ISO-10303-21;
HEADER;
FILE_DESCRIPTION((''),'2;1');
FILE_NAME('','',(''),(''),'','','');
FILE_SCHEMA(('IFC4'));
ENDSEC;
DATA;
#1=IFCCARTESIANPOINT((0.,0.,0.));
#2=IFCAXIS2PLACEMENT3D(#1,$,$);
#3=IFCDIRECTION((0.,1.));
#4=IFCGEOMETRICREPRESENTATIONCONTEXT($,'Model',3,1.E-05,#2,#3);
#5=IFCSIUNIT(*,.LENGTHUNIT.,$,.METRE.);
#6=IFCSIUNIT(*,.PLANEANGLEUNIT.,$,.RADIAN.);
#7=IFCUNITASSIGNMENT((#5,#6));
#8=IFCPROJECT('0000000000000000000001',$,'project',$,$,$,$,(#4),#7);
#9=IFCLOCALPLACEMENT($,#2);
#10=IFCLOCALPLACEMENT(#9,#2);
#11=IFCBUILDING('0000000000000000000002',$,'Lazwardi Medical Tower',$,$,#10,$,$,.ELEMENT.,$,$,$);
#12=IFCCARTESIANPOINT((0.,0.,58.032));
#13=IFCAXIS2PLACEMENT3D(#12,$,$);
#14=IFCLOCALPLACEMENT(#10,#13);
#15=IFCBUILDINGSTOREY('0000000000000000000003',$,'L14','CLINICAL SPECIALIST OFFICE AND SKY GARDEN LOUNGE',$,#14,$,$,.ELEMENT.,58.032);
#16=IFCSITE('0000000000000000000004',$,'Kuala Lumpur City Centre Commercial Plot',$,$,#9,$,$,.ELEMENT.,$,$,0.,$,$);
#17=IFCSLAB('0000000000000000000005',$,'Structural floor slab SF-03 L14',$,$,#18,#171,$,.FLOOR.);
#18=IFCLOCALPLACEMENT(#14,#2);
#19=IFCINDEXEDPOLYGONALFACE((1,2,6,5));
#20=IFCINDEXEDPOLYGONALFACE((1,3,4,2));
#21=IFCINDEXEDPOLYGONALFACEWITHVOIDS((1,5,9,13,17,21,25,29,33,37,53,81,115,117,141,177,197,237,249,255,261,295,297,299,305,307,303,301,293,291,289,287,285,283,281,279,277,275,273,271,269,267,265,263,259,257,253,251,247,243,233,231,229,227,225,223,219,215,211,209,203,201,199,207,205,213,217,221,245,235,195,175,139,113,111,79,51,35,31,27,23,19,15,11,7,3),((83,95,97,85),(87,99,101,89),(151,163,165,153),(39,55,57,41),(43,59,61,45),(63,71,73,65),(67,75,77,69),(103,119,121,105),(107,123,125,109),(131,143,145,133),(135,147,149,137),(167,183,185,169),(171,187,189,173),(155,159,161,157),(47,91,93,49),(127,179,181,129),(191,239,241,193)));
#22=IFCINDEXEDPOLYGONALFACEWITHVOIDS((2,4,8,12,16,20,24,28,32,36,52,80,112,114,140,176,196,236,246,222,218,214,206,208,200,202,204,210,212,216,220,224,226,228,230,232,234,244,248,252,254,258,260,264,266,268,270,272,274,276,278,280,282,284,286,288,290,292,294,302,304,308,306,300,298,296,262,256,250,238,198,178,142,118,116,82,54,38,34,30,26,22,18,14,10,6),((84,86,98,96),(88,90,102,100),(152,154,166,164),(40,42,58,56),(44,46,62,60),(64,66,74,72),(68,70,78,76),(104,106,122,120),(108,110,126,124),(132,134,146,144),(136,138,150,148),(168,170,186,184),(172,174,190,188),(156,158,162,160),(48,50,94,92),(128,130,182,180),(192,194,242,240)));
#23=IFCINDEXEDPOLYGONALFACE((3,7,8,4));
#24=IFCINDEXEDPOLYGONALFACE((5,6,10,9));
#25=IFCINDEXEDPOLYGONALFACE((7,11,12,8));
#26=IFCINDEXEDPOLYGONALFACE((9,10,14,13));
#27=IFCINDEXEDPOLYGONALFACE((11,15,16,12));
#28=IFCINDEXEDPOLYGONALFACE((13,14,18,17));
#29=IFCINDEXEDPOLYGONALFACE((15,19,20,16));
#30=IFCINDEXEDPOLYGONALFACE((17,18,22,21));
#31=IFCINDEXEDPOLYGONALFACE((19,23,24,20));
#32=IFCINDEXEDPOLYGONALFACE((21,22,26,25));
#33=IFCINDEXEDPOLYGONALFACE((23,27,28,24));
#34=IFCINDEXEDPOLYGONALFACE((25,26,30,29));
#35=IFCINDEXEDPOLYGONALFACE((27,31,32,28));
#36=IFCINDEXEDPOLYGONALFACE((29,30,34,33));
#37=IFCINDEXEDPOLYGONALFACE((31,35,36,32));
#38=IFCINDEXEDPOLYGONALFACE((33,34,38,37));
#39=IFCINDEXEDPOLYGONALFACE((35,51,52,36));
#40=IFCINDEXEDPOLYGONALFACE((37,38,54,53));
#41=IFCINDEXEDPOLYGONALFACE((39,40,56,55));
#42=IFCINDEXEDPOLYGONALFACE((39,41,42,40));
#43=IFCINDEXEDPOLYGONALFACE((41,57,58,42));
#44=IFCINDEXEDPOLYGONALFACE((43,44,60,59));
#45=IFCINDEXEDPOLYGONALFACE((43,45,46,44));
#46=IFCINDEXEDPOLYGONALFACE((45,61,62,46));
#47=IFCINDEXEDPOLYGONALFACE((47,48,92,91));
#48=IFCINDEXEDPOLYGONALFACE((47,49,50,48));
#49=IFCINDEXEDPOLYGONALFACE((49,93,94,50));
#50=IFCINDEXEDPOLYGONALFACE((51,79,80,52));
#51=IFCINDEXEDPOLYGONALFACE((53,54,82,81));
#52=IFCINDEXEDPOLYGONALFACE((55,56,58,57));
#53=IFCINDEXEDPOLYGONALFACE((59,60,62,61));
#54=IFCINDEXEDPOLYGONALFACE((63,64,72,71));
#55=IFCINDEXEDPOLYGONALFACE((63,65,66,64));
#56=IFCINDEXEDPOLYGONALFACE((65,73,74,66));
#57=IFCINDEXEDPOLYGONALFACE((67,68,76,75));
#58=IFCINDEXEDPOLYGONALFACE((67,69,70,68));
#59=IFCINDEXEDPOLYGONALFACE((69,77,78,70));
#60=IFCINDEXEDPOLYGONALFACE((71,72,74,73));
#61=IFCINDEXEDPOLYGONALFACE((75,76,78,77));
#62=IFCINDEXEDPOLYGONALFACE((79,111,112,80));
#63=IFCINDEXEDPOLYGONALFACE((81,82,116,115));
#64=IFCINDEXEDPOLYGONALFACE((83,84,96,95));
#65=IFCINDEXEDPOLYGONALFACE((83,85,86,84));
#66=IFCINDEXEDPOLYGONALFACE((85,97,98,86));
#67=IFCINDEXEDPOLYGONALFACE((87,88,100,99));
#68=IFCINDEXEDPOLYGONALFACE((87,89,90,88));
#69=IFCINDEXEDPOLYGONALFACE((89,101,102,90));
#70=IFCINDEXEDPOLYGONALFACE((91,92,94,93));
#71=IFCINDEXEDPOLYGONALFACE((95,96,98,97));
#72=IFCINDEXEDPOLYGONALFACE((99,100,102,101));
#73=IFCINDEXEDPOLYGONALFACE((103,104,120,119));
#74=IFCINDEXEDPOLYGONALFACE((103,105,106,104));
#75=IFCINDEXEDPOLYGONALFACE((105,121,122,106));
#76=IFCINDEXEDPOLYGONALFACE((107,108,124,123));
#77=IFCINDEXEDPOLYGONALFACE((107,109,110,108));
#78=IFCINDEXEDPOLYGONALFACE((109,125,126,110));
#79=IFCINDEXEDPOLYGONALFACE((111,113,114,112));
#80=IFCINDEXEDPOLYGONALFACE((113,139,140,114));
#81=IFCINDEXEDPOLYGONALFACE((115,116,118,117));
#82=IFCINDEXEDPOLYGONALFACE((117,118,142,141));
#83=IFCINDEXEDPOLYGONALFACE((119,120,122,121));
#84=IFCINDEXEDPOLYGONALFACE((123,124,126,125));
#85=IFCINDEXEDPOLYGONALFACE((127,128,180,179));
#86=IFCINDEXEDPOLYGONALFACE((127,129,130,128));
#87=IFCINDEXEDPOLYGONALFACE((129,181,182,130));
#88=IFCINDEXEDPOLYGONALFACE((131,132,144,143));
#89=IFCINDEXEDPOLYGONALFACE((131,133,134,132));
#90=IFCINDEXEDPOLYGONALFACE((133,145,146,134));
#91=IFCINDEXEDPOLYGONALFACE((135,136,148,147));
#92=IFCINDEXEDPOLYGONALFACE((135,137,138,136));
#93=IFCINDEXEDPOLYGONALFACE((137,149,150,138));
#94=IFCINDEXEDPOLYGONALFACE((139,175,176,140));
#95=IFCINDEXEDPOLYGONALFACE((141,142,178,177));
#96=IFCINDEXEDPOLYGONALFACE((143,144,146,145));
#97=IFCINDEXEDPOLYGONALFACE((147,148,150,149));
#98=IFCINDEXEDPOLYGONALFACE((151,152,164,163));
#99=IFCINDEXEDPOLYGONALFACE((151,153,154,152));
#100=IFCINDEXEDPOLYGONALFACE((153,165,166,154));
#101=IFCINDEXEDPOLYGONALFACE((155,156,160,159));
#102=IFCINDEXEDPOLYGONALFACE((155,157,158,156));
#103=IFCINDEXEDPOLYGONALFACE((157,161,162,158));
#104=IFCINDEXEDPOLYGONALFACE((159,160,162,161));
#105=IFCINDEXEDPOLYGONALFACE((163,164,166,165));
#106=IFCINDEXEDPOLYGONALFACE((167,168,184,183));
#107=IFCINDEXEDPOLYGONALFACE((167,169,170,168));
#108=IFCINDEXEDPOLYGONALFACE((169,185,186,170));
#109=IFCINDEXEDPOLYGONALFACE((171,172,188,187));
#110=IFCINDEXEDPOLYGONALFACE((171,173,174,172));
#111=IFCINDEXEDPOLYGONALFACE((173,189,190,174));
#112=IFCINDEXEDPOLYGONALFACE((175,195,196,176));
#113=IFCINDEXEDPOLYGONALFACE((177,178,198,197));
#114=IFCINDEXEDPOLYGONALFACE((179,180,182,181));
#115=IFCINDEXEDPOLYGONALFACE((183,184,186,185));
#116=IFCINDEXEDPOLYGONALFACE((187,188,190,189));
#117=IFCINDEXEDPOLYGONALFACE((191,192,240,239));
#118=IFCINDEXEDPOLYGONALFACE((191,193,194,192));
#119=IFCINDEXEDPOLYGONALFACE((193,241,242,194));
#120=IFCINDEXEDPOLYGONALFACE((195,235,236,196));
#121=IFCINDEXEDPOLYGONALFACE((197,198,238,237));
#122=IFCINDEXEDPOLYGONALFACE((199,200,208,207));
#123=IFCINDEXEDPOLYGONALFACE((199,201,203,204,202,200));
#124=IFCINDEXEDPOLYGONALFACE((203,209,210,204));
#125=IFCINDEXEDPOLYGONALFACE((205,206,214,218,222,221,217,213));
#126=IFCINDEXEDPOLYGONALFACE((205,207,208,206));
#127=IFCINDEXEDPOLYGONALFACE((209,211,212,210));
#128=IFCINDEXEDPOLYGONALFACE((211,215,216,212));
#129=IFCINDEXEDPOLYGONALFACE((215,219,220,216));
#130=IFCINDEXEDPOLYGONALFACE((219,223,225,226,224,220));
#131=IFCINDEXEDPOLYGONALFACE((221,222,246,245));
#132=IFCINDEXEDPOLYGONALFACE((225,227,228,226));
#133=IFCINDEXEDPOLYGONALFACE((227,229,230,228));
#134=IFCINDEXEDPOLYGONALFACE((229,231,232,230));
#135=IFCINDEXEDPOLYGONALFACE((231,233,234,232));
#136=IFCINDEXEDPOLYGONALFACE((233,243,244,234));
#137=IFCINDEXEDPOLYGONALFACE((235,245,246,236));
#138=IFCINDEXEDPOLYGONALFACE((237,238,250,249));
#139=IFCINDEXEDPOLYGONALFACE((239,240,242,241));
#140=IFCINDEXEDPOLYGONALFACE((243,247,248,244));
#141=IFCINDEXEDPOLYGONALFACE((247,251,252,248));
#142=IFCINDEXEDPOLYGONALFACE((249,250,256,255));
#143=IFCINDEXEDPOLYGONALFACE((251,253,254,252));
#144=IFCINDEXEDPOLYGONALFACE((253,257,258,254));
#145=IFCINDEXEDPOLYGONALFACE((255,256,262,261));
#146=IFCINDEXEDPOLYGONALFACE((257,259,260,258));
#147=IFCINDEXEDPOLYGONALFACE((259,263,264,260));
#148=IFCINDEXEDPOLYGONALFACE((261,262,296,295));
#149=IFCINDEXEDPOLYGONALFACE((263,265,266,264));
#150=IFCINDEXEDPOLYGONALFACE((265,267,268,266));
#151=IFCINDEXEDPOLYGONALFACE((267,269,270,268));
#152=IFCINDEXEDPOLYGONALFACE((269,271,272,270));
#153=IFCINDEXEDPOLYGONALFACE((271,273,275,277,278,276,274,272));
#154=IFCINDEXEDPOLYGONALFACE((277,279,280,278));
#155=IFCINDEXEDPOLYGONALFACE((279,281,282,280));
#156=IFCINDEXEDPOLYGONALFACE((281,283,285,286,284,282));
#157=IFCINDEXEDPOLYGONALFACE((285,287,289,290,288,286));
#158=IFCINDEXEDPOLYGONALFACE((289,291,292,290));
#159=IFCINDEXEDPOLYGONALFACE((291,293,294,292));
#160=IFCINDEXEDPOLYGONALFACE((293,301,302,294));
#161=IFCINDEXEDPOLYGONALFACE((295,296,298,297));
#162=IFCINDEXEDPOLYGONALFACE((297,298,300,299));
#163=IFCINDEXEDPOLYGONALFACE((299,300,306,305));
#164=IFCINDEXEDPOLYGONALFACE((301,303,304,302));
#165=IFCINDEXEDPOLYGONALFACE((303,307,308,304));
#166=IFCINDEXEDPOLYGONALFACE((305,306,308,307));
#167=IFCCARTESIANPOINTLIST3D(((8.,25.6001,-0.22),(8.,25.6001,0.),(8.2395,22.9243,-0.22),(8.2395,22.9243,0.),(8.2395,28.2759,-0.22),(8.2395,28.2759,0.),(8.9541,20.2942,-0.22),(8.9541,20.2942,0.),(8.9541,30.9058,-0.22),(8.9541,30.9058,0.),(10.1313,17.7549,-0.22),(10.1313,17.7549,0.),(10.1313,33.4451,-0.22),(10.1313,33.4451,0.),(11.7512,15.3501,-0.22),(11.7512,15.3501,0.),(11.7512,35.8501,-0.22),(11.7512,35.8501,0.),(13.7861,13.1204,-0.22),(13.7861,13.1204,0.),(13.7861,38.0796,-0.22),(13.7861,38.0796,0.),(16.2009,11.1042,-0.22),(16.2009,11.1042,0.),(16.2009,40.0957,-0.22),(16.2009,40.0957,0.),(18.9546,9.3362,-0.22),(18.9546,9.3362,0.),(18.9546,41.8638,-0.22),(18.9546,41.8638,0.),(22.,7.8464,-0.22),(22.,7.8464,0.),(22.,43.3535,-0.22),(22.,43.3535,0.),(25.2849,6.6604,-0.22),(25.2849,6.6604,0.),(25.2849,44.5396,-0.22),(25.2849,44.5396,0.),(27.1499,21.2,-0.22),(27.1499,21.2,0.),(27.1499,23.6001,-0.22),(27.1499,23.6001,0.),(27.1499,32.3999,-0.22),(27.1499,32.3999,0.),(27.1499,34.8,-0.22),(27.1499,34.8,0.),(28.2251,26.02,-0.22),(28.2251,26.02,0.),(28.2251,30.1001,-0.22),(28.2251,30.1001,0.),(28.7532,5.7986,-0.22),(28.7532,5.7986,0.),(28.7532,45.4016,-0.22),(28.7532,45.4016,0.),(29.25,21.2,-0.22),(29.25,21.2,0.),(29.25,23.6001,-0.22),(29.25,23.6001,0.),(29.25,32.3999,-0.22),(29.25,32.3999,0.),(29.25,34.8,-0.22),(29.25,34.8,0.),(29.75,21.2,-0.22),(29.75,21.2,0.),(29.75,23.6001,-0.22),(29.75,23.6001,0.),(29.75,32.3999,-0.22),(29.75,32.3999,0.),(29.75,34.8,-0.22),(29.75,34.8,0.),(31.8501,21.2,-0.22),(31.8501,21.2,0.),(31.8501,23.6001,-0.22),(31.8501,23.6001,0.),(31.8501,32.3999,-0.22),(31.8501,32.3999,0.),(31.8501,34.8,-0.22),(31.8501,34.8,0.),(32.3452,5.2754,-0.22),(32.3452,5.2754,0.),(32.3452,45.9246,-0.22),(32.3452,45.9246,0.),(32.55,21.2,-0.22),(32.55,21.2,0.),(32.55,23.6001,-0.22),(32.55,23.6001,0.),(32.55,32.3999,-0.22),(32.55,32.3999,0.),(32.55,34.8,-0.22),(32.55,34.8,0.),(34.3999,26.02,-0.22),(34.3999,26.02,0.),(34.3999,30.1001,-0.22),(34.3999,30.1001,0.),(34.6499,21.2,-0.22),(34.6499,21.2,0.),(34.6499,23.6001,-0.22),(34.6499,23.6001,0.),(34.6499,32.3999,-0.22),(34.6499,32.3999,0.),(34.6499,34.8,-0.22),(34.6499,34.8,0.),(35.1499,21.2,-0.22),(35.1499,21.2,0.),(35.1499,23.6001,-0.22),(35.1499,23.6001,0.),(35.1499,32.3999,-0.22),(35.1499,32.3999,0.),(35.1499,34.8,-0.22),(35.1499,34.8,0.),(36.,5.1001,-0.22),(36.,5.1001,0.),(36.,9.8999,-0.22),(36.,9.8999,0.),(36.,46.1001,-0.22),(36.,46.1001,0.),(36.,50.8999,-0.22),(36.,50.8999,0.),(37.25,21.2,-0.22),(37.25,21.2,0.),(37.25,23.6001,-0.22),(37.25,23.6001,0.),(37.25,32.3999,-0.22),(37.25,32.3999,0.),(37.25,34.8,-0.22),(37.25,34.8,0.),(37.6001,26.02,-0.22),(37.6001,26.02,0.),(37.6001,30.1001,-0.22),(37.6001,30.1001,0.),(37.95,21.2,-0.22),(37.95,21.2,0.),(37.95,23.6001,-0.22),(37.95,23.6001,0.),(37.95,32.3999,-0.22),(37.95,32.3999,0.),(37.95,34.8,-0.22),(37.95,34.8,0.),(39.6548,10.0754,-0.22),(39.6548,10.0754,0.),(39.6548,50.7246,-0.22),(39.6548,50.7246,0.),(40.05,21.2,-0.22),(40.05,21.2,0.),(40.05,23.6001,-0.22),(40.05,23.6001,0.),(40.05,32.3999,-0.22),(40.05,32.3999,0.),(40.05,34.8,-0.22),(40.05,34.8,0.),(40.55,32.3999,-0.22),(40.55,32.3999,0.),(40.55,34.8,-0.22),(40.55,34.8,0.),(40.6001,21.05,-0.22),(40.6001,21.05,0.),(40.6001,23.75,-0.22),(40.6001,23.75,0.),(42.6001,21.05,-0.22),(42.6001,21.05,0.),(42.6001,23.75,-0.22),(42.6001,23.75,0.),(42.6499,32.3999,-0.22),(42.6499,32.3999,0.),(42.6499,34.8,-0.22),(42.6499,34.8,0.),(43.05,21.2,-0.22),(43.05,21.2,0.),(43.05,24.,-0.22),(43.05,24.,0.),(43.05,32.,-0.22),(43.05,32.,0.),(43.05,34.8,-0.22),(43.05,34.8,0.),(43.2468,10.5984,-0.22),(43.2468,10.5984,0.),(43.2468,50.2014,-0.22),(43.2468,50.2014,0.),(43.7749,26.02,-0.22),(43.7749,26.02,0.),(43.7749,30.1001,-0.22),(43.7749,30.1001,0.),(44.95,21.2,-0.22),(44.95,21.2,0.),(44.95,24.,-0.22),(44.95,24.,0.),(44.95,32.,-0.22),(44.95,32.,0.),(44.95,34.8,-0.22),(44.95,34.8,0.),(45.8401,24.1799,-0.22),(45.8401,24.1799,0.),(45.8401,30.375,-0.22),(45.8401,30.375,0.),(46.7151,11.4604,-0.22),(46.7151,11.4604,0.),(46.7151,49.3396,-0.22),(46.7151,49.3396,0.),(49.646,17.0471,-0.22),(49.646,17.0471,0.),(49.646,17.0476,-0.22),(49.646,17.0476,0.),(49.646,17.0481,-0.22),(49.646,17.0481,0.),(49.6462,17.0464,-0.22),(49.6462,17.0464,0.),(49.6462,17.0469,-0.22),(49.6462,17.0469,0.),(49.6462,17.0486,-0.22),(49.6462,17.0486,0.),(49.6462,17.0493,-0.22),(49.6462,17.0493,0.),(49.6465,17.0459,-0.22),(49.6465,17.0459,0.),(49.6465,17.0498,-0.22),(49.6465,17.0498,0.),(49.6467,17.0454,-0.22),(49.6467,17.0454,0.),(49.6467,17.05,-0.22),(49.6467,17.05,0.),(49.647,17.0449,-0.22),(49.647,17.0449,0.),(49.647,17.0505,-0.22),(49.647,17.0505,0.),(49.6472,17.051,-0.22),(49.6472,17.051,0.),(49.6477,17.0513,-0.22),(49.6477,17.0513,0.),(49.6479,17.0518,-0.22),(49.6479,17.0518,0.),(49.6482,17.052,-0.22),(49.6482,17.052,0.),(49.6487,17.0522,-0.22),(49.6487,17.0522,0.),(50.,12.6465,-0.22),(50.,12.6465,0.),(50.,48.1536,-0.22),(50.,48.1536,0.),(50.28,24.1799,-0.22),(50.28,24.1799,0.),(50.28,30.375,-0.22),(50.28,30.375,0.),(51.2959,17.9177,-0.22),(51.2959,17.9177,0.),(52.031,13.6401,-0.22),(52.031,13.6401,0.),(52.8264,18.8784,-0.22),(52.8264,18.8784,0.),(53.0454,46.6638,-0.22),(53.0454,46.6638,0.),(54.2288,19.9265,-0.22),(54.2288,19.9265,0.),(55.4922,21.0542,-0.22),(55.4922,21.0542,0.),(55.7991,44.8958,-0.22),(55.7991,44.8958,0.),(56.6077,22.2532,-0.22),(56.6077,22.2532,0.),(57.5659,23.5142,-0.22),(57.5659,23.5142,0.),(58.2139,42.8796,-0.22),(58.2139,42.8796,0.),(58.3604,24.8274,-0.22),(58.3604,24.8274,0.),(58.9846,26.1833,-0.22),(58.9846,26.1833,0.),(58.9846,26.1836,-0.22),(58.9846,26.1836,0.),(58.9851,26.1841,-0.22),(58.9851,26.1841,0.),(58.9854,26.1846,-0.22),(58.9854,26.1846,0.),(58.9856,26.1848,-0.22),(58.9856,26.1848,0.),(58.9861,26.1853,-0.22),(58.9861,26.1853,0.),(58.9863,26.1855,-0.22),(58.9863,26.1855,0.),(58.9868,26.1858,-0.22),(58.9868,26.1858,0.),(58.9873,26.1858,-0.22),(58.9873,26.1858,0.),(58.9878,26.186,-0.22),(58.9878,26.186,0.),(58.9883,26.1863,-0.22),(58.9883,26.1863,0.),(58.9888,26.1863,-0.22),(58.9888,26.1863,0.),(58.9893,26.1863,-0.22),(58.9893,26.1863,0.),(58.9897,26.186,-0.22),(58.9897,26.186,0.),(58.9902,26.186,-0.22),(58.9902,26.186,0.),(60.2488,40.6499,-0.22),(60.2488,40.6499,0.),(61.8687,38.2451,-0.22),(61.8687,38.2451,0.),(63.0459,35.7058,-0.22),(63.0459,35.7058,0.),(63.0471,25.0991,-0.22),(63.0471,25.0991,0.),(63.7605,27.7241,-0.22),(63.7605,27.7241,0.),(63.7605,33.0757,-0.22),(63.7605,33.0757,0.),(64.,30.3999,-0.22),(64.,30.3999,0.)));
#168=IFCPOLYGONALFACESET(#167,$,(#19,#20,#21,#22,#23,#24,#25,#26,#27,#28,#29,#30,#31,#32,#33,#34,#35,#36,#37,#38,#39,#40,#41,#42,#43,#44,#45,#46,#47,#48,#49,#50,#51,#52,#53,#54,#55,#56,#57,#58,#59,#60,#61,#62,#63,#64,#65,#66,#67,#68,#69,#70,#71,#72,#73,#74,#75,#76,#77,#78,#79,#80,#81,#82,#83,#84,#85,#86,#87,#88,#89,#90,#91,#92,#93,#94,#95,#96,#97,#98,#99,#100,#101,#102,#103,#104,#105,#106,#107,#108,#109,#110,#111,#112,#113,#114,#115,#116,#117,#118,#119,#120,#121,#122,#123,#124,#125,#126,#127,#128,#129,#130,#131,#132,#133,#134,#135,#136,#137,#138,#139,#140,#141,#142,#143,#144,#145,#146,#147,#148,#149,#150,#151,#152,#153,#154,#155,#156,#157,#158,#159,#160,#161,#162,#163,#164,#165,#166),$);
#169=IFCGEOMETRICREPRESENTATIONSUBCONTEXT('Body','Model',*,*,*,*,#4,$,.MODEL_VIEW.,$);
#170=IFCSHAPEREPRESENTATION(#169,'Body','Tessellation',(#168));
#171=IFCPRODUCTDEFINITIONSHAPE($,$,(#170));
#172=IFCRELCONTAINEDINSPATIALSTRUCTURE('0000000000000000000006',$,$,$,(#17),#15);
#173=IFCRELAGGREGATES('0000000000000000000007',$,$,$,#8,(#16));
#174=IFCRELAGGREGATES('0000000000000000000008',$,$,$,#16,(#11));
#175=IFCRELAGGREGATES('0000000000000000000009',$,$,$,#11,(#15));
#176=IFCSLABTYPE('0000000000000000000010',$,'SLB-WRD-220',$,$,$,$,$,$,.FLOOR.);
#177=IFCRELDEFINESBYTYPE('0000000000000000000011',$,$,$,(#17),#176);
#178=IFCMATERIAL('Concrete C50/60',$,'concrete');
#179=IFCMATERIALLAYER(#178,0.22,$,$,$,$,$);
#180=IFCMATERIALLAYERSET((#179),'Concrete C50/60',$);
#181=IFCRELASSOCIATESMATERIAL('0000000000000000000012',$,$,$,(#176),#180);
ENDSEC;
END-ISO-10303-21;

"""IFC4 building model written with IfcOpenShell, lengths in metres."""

from ifc_helpers import new_model, si_unit, direction, frame, origin, place, context, subcontext, project, spatial, polyline, outline, extrude, material, layer, layer_set, type_object, element, save


model = new_model("IFC4")

# Units and contexts
model_context = context("Model", 3, precision=1e-05, world=origin(), true_north=direction((0.0, 1.0)))
body_context = subcontext(model_context, "Body", "Model", "MODEL_VIEW")
ifc_project = project(units=[si_unit("LENGTHUNIT", "METRE"), si_unit("PLANEANGLEUNIT", "RADIAN")], contexts=[model_context])

# Site, building, storey
site_placement = place(None, origin())
site = spatial("IfcSite", under=ifc_project, at=site_placement, Name="Kuala Lumpur City Centre Commercial Plot", CompositionType="ELEMENT", RefElevation=0.0)
building_placement = place(site_placement, origin())
building = spatial("IfcBuilding", under=site, at=building_placement, Name="Lazwardi Medical Tower", CompositionType="ELEMENT")
storey_placement = place(building_placement, frame((0.0, 0.0, 58.032)))
storey = spatial("IfcBuildingStorey", under=building, at=storey_placement, Name="L14", Description="CLINICAL SPECIALIST OFFICE AND SKY GARDEN LOUNGE", CompositionType="ELEMENT", Elevation=58.032)

# Slab
ifc_material_1 = material(Name="Concrete C50/60", Category="concrete")
ifc_layer_1 = layer(ifc_material_1, 0.22)
ifc_layer_set_1 = layer_set([ifc_layer_1], Name="Concrete C50/60")
slab_type_1 = type_object("IfcSlabType", Name="SLB-WRD-220", PredefinedType="FLOOR", material=ifc_layer_set_1)
slab_1_placement = place(storey_placement, frame((0.0, 0.0, -0.22)))
element("IfcSlab", 1, at=slab_1_placement, inside=storey, type_object=slab_type_1, Name="Structural floor slab SF-03 L14", PredefinedType="FLOOR", context=body_context, shape_type="SweptSolid", body=[
    extrude(outline(polyline([(8.2395, 22.9243), (8.9541, 20.2942), (10.1313, 17.7549), (11.7512, 15.3501), (13.7861, 13.1204), (16.2009, 11.1042), (18.9546, 9.3362), (22.0, 7.8464), (25.2849, 6.6604), (28.7532, 5.7986), (32.3452, 5.2754), (36.0, 5.1001), (36.0, 9.8999), (39.6548, 10.0754), (43.2468, 10.5984), (46.7151, 11.4604), (50.0, 12.6465), (52.031, 13.6401), (49.647, 17.0449), (49.6467, 17.0454), (49.6465, 17.0459), (49.6462, 17.0464), (49.6462, 17.0469), (49.646, 17.0471), (49.646, 17.0476), (49.646, 17.0481), (49.6462, 17.0486), (49.6462, 17.0493), (49.6465, 17.0498), (49.6467, 17.05), (49.647, 17.0505), (49.6472, 17.051), (49.6477, 17.0513), (49.6479, 17.0518), (49.6482, 17.052), (49.6487, 17.0522), (51.2959, 17.9177), (52.8264, 18.8784), (54.2288, 19.9265), (55.4922, 21.0542), (56.6077, 22.2532), (57.5659, 23.5142), (58.3604, 24.8274), (58.9846, 26.1833), (58.9846, 26.1836), (58.9851, 26.1841), (58.9854, 26.1846), (58.9856, 26.1848), (58.9861, 26.1853), (58.9863, 26.1855), (58.9868, 26.1858), (58.9873, 26.1858), (58.9878, 26.186), (58.9883, 26.1863), (58.9888, 26.1863), (58.9893, 26.1863), (58.9897, 26.186), (58.9902, 26.186), (63.0471, 25.0991), (63.0471, 25.0991), (63.7605, 27.7241), (64.0, 30.3999), (63.7605, 33.0757), (63.0459, 35.7058), (61.8687, 38.2451), (60.2488, 40.6499), (58.2139, 42.8796), (55.7991, 44.8958), (53.0454, 46.6638), (50.0, 48.1536), (46.7151, 49.3396), (43.2468, 50.2014), (39.6548, 50.7246), (36.0, 50.8999), (36.0, 46.1001), (32.3452, 45.9246), (28.7532, 45.4016), (25.2849, 44.5396), (22.0, 43.3535), (18.9546, 41.8638), (16.2009, 40.0957), (13.7861, 38.0796), (11.7512, 35.8501), (10.1313, 33.4451), (8.9541, 30.9058), (8.2395, 28.2759), (8.0, 25.6001), (8.2395, 22.9243)]), holes=[polyline([(28.2251, 26.02), (28.2251, 30.1001), (34.3999, 30.1001), (34.3999, 26.02), (28.2251, 26.02)]), polyline([(37.6001, 30.1001), (43.7749, 30.1001), (43.7749, 26.02), (37.6001, 26.02), (37.6001, 30.1001)]), polyline([(50.28, 30.375), (50.28, 24.1799), (45.8401, 24.1799), (45.8401, 30.375), (50.28, 30.375)]), polyline([(29.25, 32.3999), (27.1499, 32.3999), (27.1499, 34.8), (29.25, 34.8), (29.25, 32.3999)]), polyline([(29.75, 32.3999), (29.75, 34.8), (31.8501, 34.8), (31.8501, 32.3999), (29.75, 32.3999)]), polyline([(27.1499, 23.6001), (29.25, 23.6001), (29.25, 21.2), (27.1499, 21.2), (27.1499, 23.6001)]), polyline([(31.8501, 23.6001), (31.8501, 21.2), (29.75, 21.2), (29.75, 23.6001), (31.8501, 23.6001)]), polyline([(34.6499, 32.3999), (32.55, 32.3999), (32.55, 34.8), (34.6499, 34.8), (34.6499, 32.3999)]), polyline([(35.1499, 32.3999), (35.1499, 34.8), (37.25, 34.8), (37.25, 32.3999), (35.1499, 32.3999)]), polyline([(32.55, 23.6001), (34.6499, 23.6001), (34.6499, 21.2), (32.55, 21.2), (32.55, 23.6001)]), polyline([(37.25, 23.6001), (37.25, 21.2), (35.1499, 21.2), (35.1499, 23.6001), (37.25, 23.6001)]), polyline([(40.05, 32.3999), (37.95, 32.3999), (37.95, 34.8), (40.05, 34.8), (40.05, 32.3999)]), polyline([(40.55, 32.3999), (40.55, 34.8), (42.6499, 34.8), (42.6499, 32.3999), (40.55, 32.3999)]), polyline([(37.95, 23.6001), (40.05, 23.6001), (40.05, 21.2), (37.95, 21.2), (37.95, 23.6001)]), polyline([(44.95, 34.8), (44.95, 32.0), (43.05, 32.0), (43.05, 34.8), (44.95, 34.8)]), polyline([(44.95, 21.2), (43.05, 21.2), (43.05, 24.0), (44.95, 24.0), (44.95, 21.2)]), polyline([(40.6001, 21.05), (40.6001, 23.75), (42.6001, 23.75), (42.6001, 21.05), (40.6001, 21.05)])]), origin(), (0.0, 0.0, 1.0), 0.22),
])

save(model, "model.ifc")
